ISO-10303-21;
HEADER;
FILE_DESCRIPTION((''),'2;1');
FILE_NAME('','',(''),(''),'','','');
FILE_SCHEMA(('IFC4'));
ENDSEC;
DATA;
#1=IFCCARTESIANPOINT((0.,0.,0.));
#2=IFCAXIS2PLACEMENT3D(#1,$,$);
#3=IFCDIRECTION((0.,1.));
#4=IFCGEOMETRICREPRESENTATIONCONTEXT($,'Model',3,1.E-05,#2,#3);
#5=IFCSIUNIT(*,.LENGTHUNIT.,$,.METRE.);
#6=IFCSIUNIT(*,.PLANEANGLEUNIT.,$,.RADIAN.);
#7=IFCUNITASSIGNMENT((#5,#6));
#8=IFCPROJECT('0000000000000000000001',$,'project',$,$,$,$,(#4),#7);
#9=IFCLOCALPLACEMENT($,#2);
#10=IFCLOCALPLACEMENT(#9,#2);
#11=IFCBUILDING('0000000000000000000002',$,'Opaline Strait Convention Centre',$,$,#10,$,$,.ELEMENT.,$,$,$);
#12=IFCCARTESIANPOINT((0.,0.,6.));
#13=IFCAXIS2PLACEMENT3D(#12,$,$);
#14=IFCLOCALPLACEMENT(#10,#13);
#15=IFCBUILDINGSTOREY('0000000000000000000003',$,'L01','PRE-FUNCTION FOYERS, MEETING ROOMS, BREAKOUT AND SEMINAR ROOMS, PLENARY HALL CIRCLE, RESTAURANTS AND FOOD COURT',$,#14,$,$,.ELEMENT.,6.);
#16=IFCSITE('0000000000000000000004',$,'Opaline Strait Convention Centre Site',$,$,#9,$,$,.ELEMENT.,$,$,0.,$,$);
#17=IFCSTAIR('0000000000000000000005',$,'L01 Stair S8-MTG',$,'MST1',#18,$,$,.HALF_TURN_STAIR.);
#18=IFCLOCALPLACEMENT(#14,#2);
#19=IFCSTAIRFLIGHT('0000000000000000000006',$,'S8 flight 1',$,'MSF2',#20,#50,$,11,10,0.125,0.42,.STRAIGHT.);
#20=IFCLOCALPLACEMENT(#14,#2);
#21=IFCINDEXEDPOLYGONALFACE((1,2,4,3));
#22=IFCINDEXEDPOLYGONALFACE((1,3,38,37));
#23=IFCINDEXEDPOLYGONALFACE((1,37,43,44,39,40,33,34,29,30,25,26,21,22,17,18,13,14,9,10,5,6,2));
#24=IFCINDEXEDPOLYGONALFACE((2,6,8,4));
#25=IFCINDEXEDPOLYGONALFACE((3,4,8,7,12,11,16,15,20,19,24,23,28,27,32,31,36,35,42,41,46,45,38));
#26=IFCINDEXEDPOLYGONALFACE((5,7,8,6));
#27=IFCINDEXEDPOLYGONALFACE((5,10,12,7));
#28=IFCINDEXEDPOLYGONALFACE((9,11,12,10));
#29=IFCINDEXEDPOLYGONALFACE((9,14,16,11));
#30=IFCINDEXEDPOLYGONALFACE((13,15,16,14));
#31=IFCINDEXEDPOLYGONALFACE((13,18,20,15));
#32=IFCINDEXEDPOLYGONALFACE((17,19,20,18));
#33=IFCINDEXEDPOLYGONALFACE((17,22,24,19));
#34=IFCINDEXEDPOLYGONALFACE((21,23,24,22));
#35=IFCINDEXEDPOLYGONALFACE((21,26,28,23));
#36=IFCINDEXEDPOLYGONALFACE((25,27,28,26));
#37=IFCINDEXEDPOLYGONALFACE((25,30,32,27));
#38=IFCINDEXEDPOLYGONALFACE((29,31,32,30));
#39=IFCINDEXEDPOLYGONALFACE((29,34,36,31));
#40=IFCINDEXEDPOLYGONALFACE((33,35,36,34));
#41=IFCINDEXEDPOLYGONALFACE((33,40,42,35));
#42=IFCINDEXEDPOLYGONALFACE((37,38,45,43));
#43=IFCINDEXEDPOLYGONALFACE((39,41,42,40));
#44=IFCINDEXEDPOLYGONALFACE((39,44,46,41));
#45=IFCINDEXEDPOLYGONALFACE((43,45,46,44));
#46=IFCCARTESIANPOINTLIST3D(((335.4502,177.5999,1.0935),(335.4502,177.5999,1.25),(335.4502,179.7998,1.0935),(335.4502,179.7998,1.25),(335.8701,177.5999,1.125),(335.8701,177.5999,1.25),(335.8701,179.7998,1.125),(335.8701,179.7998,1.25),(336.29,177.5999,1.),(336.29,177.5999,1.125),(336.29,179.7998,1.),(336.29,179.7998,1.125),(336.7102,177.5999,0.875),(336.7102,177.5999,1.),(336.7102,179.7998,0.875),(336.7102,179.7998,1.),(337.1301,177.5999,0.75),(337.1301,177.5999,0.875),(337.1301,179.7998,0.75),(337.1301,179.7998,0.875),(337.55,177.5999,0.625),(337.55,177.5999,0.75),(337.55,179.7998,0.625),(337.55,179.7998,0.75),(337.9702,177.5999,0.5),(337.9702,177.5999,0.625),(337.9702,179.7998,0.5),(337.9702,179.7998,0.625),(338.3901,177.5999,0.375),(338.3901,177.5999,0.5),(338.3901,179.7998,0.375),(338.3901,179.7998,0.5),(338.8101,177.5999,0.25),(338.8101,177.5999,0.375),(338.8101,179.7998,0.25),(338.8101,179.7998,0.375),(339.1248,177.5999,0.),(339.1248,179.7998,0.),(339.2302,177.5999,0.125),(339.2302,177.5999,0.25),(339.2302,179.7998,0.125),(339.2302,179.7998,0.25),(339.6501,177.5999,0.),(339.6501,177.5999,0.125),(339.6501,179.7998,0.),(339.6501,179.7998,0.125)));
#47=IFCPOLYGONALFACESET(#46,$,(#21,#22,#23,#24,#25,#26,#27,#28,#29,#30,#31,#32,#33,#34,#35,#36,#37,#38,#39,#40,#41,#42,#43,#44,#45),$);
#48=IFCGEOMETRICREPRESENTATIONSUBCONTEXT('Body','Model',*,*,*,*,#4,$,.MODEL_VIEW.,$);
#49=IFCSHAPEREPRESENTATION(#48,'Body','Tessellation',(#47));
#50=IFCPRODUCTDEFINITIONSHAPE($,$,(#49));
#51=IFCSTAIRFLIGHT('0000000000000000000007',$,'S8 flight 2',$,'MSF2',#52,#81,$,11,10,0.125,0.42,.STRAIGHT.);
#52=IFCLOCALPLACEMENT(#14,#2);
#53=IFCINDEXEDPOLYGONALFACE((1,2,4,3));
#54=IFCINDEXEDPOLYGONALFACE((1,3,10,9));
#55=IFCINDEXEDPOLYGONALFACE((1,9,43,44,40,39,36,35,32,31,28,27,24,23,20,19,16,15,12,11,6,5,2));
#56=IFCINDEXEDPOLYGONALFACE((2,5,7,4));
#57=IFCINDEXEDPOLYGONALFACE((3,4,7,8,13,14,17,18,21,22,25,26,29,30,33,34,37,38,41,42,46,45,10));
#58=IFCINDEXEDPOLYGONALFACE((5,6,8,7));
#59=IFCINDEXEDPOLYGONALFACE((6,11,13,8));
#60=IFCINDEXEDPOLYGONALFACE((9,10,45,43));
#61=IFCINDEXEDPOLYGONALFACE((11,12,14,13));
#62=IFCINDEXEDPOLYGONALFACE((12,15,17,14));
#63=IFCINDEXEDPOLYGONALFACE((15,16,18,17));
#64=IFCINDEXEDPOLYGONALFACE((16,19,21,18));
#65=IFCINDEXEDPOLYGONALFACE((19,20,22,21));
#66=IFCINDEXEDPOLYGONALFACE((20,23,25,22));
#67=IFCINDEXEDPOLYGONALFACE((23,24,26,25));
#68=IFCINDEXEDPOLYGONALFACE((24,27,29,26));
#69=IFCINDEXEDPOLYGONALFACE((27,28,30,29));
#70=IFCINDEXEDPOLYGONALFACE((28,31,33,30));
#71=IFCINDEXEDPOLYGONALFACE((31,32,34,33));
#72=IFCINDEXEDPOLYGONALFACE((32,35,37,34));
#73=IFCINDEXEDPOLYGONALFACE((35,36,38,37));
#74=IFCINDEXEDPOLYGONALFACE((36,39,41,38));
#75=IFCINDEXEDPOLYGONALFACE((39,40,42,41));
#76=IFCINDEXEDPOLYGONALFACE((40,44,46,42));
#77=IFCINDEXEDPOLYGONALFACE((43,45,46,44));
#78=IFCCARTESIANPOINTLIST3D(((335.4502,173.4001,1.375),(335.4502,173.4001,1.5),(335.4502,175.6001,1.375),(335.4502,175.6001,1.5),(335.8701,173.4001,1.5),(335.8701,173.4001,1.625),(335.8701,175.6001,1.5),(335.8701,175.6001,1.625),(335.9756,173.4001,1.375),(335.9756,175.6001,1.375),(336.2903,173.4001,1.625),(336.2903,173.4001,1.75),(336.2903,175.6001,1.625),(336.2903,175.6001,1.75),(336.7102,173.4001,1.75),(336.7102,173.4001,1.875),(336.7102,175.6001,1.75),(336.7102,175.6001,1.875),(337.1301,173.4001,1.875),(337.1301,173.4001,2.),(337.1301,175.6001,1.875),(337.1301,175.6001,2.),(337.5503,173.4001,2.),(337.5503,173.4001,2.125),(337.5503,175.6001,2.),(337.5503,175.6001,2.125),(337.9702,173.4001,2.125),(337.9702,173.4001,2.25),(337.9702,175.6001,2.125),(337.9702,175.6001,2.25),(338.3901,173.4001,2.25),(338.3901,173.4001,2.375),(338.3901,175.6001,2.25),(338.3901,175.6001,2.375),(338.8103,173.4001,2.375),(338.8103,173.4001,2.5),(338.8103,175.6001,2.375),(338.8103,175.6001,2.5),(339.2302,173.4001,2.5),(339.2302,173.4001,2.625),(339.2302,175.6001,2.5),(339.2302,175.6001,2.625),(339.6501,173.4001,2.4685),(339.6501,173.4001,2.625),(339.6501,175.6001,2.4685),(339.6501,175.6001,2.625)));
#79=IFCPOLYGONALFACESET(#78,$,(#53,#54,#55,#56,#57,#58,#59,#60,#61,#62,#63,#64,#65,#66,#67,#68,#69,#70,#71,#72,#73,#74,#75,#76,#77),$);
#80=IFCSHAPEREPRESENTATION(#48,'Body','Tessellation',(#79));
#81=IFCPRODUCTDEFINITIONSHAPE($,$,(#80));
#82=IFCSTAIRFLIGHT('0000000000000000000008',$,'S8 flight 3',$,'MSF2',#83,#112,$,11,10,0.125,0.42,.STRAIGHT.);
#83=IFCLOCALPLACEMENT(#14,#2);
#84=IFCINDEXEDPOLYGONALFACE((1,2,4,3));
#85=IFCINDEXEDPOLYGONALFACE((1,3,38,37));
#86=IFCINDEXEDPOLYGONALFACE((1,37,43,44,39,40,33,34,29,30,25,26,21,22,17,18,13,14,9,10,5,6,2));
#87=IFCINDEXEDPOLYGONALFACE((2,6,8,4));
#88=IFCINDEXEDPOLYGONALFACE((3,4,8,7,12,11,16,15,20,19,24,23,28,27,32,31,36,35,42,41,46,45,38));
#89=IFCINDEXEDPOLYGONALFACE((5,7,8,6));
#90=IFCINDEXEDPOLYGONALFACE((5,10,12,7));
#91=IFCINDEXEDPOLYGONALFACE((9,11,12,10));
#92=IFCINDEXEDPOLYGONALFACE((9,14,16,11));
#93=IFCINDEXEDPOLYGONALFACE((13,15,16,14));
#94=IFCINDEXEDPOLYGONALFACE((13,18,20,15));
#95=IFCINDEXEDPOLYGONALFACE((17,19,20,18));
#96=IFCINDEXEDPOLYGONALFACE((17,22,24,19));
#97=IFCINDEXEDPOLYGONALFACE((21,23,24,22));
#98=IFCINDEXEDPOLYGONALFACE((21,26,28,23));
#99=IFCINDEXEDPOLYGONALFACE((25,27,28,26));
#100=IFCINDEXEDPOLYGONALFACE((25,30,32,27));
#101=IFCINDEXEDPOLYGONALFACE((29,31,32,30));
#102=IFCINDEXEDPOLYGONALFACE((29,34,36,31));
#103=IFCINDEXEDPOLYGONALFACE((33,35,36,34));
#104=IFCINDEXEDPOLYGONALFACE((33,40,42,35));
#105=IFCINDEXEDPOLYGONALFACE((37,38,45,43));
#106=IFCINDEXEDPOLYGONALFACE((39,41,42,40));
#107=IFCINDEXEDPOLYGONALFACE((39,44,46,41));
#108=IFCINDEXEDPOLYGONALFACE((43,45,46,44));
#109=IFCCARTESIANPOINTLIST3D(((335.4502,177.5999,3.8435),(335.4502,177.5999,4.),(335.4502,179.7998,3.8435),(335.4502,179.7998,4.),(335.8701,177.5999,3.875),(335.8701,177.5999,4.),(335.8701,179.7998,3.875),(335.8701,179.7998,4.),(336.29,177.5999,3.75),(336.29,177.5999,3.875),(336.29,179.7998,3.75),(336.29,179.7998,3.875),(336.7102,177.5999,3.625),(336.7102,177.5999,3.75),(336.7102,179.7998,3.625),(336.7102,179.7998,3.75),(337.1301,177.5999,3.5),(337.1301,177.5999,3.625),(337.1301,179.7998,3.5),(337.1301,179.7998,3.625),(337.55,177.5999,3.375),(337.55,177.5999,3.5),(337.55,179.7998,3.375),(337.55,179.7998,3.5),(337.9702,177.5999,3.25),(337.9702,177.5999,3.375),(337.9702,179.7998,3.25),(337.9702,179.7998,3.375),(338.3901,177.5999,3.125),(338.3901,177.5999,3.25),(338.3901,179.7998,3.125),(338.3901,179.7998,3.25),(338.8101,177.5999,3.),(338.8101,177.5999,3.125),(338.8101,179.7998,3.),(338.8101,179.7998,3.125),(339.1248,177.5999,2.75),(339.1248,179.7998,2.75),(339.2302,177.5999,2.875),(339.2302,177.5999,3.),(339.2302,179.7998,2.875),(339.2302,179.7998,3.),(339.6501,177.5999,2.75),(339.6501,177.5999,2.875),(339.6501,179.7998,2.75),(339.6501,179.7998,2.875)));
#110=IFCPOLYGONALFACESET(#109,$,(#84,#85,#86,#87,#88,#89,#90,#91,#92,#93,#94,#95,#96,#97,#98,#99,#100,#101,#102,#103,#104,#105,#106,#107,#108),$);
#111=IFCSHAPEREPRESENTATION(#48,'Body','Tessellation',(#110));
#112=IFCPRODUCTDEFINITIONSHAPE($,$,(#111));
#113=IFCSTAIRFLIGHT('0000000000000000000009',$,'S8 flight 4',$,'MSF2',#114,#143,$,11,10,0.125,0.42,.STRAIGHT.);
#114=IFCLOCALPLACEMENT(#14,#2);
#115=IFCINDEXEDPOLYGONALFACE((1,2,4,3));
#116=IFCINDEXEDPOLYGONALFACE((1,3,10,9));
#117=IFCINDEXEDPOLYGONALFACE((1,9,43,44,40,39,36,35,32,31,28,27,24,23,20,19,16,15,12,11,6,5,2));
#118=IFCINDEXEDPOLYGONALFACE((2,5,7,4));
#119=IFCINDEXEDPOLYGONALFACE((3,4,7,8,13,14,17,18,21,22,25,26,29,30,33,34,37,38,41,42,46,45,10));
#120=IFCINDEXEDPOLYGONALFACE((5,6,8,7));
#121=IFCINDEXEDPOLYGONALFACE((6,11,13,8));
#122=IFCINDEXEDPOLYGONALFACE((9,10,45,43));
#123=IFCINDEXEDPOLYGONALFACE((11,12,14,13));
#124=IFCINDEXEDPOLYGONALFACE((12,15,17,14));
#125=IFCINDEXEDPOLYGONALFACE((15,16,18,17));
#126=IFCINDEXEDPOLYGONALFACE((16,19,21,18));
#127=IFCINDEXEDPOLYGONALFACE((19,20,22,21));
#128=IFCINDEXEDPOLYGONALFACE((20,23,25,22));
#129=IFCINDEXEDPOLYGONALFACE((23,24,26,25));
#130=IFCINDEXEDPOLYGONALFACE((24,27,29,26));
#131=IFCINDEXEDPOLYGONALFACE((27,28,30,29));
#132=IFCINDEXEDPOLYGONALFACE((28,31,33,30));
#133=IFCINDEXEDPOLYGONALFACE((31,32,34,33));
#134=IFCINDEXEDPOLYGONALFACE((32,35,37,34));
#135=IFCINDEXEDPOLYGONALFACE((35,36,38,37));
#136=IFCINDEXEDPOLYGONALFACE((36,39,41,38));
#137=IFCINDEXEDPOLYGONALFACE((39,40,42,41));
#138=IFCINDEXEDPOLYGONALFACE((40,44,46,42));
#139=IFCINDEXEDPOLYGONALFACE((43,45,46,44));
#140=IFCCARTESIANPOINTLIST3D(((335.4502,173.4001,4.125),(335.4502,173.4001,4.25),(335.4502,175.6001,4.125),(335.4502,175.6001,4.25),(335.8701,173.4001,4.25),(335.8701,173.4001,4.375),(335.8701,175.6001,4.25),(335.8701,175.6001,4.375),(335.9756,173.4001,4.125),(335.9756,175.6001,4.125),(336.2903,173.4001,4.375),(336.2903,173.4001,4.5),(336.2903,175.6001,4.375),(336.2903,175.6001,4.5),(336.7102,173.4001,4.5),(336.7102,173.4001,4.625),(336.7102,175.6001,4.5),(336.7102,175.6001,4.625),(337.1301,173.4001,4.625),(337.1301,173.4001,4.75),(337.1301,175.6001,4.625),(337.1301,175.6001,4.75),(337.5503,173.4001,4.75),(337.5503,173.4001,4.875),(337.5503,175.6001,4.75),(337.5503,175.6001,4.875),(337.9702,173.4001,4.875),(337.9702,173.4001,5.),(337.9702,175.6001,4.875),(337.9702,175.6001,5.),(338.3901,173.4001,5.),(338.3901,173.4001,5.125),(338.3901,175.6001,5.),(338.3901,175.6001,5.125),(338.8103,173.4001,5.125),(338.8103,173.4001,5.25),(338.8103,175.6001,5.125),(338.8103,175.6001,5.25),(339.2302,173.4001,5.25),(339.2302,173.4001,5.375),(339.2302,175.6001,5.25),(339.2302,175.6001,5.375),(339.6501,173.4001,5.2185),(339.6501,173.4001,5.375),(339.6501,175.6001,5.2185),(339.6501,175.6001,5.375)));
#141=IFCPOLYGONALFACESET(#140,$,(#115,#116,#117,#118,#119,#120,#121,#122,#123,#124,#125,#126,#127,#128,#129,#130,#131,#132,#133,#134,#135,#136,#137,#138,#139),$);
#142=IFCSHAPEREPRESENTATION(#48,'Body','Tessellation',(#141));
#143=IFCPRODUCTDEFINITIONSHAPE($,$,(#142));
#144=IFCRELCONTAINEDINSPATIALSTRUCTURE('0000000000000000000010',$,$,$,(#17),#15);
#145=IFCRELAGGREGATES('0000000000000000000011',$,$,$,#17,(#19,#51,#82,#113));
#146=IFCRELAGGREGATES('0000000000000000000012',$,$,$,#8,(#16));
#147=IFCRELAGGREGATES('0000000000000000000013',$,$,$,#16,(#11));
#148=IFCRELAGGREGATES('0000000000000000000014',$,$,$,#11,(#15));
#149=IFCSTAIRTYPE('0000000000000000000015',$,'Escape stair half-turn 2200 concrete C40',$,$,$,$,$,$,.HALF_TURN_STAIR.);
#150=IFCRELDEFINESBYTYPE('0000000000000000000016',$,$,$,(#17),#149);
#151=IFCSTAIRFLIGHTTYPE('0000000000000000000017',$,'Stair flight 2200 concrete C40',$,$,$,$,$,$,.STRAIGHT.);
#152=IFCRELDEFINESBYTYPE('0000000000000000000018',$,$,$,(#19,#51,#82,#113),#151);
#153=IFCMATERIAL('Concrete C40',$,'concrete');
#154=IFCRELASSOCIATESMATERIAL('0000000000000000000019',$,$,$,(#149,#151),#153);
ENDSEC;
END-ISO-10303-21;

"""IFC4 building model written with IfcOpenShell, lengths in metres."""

from ifc_helpers import new_model, si_unit, direction, frame, origin, place, context, subcontext, project, spatial, polyline, outline, extrude, material, type_object, element, aggregate, save


model = new_model("IFC4")

# Units and contexts
model_context = context("Model", 3, precision=1e-05, world=origin(), true_north=direction((0.0, 1.0)))
body_context = subcontext(model_context, "Body", "Model", "MODEL_VIEW")
ifc_project = project(units=[si_unit("LENGTHUNIT", "METRE"), si_unit("PLANEANGLEUNIT", "RADIAN")], contexts=[model_context])

# Site, building, storey
site_placement = place(None, origin())
site = spatial("IfcSite", under=ifc_project, at=site_placement, Name="Opaline Strait Convention Centre Site", CompositionType="ELEMENT", RefElevation=0.0)
building_placement = place(site_placement, origin())
building = spatial("IfcBuilding", under=site, at=building_placement, Name="Opaline Strait Convention Centre", CompositionType="ELEMENT")
storey_placement = place(building_placement, frame((0.0, 0.0, 6.0)))
storey = spatial("IfcBuildingStorey", under=building, at=storey_placement, Name="L01", Description="PRE-FUNCTION FOYERS, MEETING ROOMS, BREAKOUT AND SEMINAR ROOMS, PLENARY HALL CIRCLE, RESTAURANTS AND FOOD COURT", CompositionType="ELEMENT", Elevation=6.0)

# Stair, stair flights
ifc_material_1 = material(Name="Concrete C40", Category="concrete")
stair_type = type_object("IfcStairType", Name="Escape stair half-turn 2200 concrete C40", PredefinedType="HALF_TURN_STAIR", material=ifc_material_1)
stair_placement = place(storey_placement, origin())
stair = element("IfcStair", 1, at=stair_placement, inside=storey, type_object=stair_type, Name="L01 Stair S8-MTG", ObjectType="MST1", PredefinedType="HALF_TURN_STAIR")
stair_flight_type = type_object("IfcStairFlightType", Name="Stair flight 2200 concrete C40", PredefinedType="STRAIGHT", material=ifc_material_1)
stair_flight_1_placement = place(storey_placement, frame((339.6501, 178.7, 0.0), z_axis=(0.0, 0.0, 1.0), x_axis=(-1.0, 0.0, 0.0)))
stair_flight_1 = element("IfcStairFlight", 2, at=stair_flight_1_placement, type_object=stair_flight_type, Name="S8 flight 1", ObjectType="MSF2", NumberOfRisers=11, NumberOfTreads=10, PredefinedType="STRAIGHT", RiserHeight=0.125, TreadLength=0.42, context=body_context, shape_type="SweptSolid", body=[
    extrude(outline(polyline([(0.0, 0.0), (0.0, 0.125), (0.4199, 0.125), (0.4199, 0.25), (0.8401, 0.25), (0.8401, 0.375), (1.26, 0.375), (1.26, 0.5), (1.6799, 0.5), (1.6799, 0.625), (2.1001, 0.625), (2.1001, 0.75), (2.52, 0.75), (2.52, 0.875), (2.9399, 0.875), (2.9399, 1.0), (3.3601, 1.0), (3.3601, 1.125), (3.78, 1.125), (3.78, 1.25), (4.2, 1.25), (4.2, 1.375), (4.2, 1.0935), (0.5254, 0.0), (0.0, 0.0)])), frame((0.0, 1.1001, 0.0), z_axis=(0.0, -1.0, 0.0), x_axis=(1.0, 0.0, 0.0)), (0.0, 0.0, 1.0), 2.2),
])
stair_flight_2_placement = place(storey_placement, frame((335.4502, 174.5, 1.375), z_axis=(0.0, 0.0, 1.0), x_axis=(1.0, 0.0, 0.0)))
stair_flight_2 = element("IfcStairFlight", 3, at=stair_flight_2_placement, type_object=stair_flight_type, Name="S8 flight 2", ObjectType="MSF2", NumberOfRisers=11, NumberOfTreads=10, PredefinedType="STRAIGHT", RiserHeight=0.125, TreadLength=0.42, context=body_context, shape_type="SweptSolid", body=[
    extrude(outline(polyline([(0.0, 0.0), (0.0, 0.125), (0.4199, 0.125), (0.4199, 0.25), (0.8401, 0.25), (0.8401, 0.375), (1.26, 0.375), (1.26, 0.5), (1.6799, 0.5), (1.6799, 0.625), (2.1001, 0.625), (2.1001, 0.75), (2.52, 0.75), (2.52, 0.875), (2.9399, 0.875), (2.9399, 1.0), (3.3601, 1.0), (3.3601, 1.125), (3.78, 1.125), (3.78, 1.25), (4.2, 1.25), (4.2, 1.375), (4.2, 1.0935), (0.5254, 0.0), (0.0, 0.0)])), frame((0.0, 1.1001, 0.0), z_axis=(0.0, -1.0, 0.0), x_axis=(1.0, 0.0, 0.0)), (0.0, 0.0, 1.0), 2.2),
])
stair_flight_3_placement = place(storey_placement, frame((339.6501, 178.7, 2.75), z_axis=(0.0, 0.0, 1.0), x_axis=(-1.0, 0.0, 0.0)))
stair_flight_3 = element("IfcStairFlight", 4, at=stair_flight_3_placement, type_object=stair_flight_type, Name="S8 flight 3", ObjectType="MSF2", NumberOfRisers=11, NumberOfTreads=10, PredefinedType="STRAIGHT", RiserHeight=0.125, TreadLength=0.42, context=body_context, shape_type="SweptSolid", body=[
    extrude(outline(polyline([(0.0, 0.0), (0.0, 0.125), (0.4199, 0.125), (0.4199, 0.25), (0.8401, 0.25), (0.8401, 0.375), (1.26, 0.375), (1.26, 0.5), (1.6799, 0.5), (1.6799, 0.625), (2.1001, 0.625), (2.1001, 0.75), (2.52, 0.75), (2.52, 0.875), (2.9399, 0.875), (2.9399, 1.0), (3.3601, 1.0), (3.3601, 1.125), (3.78, 1.125), (3.78, 1.25), (4.2, 1.25), (4.2, 1.375), (4.2, 1.0935), (0.5254, 0.0), (0.0, 0.0)])), frame((0.0, 1.1001, 0.0), z_axis=(0.0, -1.0, 0.0), x_axis=(1.0, 0.0, 0.0)), (0.0, 0.0, 1.0), 2.2),
])
stair_flight_4_placement = place(storey_placement, frame((335.4502, 174.5, 4.125), z_axis=(0.0, 0.0, 1.0), x_axis=(1.0, 0.0, 0.0)))
stair_flight_4 = element("IfcStairFlight", 5, at=stair_flight_4_placement, type_object=stair_flight_type, Name="S8 flight 4", ObjectType="MSF2", NumberOfRisers=11, NumberOfTreads=10, PredefinedType="STRAIGHT", RiserHeight=0.125, TreadLength=0.42, context=body_context, shape_type="SweptSolid", body=[
    extrude(outline(polyline([(0.0, 0.0), (0.0, 0.125), (0.4199, 0.125), (0.4199, 0.25), (0.8401, 0.25), (0.8401, 0.375), (1.26, 0.375), (1.26, 0.5), (1.6799, 0.5), (1.6799, 0.625), (2.1001, 0.625), (2.1001, 0.75), (2.52, 0.75), (2.52, 0.875), (2.9399, 0.875), (2.9399, 1.0), (3.3601, 1.0), (3.3601, 1.125), (3.78, 1.125), (3.78, 1.25), (4.2, 1.25), (4.2, 1.375), (4.2, 1.0935), (0.5254, 0.0), (0.0, 0.0)])), frame((0.0, 1.1001, 0.0), z_axis=(0.0, -1.0, 0.0), x_axis=(1.0, 0.0, 0.0)), (0.0, 0.0, 1.0), 2.2),
])
aggregate(stair, [stair_flight_1, stair_flight_2, stair_flight_3, stair_flight_4])

save(model, "model.ifc")
